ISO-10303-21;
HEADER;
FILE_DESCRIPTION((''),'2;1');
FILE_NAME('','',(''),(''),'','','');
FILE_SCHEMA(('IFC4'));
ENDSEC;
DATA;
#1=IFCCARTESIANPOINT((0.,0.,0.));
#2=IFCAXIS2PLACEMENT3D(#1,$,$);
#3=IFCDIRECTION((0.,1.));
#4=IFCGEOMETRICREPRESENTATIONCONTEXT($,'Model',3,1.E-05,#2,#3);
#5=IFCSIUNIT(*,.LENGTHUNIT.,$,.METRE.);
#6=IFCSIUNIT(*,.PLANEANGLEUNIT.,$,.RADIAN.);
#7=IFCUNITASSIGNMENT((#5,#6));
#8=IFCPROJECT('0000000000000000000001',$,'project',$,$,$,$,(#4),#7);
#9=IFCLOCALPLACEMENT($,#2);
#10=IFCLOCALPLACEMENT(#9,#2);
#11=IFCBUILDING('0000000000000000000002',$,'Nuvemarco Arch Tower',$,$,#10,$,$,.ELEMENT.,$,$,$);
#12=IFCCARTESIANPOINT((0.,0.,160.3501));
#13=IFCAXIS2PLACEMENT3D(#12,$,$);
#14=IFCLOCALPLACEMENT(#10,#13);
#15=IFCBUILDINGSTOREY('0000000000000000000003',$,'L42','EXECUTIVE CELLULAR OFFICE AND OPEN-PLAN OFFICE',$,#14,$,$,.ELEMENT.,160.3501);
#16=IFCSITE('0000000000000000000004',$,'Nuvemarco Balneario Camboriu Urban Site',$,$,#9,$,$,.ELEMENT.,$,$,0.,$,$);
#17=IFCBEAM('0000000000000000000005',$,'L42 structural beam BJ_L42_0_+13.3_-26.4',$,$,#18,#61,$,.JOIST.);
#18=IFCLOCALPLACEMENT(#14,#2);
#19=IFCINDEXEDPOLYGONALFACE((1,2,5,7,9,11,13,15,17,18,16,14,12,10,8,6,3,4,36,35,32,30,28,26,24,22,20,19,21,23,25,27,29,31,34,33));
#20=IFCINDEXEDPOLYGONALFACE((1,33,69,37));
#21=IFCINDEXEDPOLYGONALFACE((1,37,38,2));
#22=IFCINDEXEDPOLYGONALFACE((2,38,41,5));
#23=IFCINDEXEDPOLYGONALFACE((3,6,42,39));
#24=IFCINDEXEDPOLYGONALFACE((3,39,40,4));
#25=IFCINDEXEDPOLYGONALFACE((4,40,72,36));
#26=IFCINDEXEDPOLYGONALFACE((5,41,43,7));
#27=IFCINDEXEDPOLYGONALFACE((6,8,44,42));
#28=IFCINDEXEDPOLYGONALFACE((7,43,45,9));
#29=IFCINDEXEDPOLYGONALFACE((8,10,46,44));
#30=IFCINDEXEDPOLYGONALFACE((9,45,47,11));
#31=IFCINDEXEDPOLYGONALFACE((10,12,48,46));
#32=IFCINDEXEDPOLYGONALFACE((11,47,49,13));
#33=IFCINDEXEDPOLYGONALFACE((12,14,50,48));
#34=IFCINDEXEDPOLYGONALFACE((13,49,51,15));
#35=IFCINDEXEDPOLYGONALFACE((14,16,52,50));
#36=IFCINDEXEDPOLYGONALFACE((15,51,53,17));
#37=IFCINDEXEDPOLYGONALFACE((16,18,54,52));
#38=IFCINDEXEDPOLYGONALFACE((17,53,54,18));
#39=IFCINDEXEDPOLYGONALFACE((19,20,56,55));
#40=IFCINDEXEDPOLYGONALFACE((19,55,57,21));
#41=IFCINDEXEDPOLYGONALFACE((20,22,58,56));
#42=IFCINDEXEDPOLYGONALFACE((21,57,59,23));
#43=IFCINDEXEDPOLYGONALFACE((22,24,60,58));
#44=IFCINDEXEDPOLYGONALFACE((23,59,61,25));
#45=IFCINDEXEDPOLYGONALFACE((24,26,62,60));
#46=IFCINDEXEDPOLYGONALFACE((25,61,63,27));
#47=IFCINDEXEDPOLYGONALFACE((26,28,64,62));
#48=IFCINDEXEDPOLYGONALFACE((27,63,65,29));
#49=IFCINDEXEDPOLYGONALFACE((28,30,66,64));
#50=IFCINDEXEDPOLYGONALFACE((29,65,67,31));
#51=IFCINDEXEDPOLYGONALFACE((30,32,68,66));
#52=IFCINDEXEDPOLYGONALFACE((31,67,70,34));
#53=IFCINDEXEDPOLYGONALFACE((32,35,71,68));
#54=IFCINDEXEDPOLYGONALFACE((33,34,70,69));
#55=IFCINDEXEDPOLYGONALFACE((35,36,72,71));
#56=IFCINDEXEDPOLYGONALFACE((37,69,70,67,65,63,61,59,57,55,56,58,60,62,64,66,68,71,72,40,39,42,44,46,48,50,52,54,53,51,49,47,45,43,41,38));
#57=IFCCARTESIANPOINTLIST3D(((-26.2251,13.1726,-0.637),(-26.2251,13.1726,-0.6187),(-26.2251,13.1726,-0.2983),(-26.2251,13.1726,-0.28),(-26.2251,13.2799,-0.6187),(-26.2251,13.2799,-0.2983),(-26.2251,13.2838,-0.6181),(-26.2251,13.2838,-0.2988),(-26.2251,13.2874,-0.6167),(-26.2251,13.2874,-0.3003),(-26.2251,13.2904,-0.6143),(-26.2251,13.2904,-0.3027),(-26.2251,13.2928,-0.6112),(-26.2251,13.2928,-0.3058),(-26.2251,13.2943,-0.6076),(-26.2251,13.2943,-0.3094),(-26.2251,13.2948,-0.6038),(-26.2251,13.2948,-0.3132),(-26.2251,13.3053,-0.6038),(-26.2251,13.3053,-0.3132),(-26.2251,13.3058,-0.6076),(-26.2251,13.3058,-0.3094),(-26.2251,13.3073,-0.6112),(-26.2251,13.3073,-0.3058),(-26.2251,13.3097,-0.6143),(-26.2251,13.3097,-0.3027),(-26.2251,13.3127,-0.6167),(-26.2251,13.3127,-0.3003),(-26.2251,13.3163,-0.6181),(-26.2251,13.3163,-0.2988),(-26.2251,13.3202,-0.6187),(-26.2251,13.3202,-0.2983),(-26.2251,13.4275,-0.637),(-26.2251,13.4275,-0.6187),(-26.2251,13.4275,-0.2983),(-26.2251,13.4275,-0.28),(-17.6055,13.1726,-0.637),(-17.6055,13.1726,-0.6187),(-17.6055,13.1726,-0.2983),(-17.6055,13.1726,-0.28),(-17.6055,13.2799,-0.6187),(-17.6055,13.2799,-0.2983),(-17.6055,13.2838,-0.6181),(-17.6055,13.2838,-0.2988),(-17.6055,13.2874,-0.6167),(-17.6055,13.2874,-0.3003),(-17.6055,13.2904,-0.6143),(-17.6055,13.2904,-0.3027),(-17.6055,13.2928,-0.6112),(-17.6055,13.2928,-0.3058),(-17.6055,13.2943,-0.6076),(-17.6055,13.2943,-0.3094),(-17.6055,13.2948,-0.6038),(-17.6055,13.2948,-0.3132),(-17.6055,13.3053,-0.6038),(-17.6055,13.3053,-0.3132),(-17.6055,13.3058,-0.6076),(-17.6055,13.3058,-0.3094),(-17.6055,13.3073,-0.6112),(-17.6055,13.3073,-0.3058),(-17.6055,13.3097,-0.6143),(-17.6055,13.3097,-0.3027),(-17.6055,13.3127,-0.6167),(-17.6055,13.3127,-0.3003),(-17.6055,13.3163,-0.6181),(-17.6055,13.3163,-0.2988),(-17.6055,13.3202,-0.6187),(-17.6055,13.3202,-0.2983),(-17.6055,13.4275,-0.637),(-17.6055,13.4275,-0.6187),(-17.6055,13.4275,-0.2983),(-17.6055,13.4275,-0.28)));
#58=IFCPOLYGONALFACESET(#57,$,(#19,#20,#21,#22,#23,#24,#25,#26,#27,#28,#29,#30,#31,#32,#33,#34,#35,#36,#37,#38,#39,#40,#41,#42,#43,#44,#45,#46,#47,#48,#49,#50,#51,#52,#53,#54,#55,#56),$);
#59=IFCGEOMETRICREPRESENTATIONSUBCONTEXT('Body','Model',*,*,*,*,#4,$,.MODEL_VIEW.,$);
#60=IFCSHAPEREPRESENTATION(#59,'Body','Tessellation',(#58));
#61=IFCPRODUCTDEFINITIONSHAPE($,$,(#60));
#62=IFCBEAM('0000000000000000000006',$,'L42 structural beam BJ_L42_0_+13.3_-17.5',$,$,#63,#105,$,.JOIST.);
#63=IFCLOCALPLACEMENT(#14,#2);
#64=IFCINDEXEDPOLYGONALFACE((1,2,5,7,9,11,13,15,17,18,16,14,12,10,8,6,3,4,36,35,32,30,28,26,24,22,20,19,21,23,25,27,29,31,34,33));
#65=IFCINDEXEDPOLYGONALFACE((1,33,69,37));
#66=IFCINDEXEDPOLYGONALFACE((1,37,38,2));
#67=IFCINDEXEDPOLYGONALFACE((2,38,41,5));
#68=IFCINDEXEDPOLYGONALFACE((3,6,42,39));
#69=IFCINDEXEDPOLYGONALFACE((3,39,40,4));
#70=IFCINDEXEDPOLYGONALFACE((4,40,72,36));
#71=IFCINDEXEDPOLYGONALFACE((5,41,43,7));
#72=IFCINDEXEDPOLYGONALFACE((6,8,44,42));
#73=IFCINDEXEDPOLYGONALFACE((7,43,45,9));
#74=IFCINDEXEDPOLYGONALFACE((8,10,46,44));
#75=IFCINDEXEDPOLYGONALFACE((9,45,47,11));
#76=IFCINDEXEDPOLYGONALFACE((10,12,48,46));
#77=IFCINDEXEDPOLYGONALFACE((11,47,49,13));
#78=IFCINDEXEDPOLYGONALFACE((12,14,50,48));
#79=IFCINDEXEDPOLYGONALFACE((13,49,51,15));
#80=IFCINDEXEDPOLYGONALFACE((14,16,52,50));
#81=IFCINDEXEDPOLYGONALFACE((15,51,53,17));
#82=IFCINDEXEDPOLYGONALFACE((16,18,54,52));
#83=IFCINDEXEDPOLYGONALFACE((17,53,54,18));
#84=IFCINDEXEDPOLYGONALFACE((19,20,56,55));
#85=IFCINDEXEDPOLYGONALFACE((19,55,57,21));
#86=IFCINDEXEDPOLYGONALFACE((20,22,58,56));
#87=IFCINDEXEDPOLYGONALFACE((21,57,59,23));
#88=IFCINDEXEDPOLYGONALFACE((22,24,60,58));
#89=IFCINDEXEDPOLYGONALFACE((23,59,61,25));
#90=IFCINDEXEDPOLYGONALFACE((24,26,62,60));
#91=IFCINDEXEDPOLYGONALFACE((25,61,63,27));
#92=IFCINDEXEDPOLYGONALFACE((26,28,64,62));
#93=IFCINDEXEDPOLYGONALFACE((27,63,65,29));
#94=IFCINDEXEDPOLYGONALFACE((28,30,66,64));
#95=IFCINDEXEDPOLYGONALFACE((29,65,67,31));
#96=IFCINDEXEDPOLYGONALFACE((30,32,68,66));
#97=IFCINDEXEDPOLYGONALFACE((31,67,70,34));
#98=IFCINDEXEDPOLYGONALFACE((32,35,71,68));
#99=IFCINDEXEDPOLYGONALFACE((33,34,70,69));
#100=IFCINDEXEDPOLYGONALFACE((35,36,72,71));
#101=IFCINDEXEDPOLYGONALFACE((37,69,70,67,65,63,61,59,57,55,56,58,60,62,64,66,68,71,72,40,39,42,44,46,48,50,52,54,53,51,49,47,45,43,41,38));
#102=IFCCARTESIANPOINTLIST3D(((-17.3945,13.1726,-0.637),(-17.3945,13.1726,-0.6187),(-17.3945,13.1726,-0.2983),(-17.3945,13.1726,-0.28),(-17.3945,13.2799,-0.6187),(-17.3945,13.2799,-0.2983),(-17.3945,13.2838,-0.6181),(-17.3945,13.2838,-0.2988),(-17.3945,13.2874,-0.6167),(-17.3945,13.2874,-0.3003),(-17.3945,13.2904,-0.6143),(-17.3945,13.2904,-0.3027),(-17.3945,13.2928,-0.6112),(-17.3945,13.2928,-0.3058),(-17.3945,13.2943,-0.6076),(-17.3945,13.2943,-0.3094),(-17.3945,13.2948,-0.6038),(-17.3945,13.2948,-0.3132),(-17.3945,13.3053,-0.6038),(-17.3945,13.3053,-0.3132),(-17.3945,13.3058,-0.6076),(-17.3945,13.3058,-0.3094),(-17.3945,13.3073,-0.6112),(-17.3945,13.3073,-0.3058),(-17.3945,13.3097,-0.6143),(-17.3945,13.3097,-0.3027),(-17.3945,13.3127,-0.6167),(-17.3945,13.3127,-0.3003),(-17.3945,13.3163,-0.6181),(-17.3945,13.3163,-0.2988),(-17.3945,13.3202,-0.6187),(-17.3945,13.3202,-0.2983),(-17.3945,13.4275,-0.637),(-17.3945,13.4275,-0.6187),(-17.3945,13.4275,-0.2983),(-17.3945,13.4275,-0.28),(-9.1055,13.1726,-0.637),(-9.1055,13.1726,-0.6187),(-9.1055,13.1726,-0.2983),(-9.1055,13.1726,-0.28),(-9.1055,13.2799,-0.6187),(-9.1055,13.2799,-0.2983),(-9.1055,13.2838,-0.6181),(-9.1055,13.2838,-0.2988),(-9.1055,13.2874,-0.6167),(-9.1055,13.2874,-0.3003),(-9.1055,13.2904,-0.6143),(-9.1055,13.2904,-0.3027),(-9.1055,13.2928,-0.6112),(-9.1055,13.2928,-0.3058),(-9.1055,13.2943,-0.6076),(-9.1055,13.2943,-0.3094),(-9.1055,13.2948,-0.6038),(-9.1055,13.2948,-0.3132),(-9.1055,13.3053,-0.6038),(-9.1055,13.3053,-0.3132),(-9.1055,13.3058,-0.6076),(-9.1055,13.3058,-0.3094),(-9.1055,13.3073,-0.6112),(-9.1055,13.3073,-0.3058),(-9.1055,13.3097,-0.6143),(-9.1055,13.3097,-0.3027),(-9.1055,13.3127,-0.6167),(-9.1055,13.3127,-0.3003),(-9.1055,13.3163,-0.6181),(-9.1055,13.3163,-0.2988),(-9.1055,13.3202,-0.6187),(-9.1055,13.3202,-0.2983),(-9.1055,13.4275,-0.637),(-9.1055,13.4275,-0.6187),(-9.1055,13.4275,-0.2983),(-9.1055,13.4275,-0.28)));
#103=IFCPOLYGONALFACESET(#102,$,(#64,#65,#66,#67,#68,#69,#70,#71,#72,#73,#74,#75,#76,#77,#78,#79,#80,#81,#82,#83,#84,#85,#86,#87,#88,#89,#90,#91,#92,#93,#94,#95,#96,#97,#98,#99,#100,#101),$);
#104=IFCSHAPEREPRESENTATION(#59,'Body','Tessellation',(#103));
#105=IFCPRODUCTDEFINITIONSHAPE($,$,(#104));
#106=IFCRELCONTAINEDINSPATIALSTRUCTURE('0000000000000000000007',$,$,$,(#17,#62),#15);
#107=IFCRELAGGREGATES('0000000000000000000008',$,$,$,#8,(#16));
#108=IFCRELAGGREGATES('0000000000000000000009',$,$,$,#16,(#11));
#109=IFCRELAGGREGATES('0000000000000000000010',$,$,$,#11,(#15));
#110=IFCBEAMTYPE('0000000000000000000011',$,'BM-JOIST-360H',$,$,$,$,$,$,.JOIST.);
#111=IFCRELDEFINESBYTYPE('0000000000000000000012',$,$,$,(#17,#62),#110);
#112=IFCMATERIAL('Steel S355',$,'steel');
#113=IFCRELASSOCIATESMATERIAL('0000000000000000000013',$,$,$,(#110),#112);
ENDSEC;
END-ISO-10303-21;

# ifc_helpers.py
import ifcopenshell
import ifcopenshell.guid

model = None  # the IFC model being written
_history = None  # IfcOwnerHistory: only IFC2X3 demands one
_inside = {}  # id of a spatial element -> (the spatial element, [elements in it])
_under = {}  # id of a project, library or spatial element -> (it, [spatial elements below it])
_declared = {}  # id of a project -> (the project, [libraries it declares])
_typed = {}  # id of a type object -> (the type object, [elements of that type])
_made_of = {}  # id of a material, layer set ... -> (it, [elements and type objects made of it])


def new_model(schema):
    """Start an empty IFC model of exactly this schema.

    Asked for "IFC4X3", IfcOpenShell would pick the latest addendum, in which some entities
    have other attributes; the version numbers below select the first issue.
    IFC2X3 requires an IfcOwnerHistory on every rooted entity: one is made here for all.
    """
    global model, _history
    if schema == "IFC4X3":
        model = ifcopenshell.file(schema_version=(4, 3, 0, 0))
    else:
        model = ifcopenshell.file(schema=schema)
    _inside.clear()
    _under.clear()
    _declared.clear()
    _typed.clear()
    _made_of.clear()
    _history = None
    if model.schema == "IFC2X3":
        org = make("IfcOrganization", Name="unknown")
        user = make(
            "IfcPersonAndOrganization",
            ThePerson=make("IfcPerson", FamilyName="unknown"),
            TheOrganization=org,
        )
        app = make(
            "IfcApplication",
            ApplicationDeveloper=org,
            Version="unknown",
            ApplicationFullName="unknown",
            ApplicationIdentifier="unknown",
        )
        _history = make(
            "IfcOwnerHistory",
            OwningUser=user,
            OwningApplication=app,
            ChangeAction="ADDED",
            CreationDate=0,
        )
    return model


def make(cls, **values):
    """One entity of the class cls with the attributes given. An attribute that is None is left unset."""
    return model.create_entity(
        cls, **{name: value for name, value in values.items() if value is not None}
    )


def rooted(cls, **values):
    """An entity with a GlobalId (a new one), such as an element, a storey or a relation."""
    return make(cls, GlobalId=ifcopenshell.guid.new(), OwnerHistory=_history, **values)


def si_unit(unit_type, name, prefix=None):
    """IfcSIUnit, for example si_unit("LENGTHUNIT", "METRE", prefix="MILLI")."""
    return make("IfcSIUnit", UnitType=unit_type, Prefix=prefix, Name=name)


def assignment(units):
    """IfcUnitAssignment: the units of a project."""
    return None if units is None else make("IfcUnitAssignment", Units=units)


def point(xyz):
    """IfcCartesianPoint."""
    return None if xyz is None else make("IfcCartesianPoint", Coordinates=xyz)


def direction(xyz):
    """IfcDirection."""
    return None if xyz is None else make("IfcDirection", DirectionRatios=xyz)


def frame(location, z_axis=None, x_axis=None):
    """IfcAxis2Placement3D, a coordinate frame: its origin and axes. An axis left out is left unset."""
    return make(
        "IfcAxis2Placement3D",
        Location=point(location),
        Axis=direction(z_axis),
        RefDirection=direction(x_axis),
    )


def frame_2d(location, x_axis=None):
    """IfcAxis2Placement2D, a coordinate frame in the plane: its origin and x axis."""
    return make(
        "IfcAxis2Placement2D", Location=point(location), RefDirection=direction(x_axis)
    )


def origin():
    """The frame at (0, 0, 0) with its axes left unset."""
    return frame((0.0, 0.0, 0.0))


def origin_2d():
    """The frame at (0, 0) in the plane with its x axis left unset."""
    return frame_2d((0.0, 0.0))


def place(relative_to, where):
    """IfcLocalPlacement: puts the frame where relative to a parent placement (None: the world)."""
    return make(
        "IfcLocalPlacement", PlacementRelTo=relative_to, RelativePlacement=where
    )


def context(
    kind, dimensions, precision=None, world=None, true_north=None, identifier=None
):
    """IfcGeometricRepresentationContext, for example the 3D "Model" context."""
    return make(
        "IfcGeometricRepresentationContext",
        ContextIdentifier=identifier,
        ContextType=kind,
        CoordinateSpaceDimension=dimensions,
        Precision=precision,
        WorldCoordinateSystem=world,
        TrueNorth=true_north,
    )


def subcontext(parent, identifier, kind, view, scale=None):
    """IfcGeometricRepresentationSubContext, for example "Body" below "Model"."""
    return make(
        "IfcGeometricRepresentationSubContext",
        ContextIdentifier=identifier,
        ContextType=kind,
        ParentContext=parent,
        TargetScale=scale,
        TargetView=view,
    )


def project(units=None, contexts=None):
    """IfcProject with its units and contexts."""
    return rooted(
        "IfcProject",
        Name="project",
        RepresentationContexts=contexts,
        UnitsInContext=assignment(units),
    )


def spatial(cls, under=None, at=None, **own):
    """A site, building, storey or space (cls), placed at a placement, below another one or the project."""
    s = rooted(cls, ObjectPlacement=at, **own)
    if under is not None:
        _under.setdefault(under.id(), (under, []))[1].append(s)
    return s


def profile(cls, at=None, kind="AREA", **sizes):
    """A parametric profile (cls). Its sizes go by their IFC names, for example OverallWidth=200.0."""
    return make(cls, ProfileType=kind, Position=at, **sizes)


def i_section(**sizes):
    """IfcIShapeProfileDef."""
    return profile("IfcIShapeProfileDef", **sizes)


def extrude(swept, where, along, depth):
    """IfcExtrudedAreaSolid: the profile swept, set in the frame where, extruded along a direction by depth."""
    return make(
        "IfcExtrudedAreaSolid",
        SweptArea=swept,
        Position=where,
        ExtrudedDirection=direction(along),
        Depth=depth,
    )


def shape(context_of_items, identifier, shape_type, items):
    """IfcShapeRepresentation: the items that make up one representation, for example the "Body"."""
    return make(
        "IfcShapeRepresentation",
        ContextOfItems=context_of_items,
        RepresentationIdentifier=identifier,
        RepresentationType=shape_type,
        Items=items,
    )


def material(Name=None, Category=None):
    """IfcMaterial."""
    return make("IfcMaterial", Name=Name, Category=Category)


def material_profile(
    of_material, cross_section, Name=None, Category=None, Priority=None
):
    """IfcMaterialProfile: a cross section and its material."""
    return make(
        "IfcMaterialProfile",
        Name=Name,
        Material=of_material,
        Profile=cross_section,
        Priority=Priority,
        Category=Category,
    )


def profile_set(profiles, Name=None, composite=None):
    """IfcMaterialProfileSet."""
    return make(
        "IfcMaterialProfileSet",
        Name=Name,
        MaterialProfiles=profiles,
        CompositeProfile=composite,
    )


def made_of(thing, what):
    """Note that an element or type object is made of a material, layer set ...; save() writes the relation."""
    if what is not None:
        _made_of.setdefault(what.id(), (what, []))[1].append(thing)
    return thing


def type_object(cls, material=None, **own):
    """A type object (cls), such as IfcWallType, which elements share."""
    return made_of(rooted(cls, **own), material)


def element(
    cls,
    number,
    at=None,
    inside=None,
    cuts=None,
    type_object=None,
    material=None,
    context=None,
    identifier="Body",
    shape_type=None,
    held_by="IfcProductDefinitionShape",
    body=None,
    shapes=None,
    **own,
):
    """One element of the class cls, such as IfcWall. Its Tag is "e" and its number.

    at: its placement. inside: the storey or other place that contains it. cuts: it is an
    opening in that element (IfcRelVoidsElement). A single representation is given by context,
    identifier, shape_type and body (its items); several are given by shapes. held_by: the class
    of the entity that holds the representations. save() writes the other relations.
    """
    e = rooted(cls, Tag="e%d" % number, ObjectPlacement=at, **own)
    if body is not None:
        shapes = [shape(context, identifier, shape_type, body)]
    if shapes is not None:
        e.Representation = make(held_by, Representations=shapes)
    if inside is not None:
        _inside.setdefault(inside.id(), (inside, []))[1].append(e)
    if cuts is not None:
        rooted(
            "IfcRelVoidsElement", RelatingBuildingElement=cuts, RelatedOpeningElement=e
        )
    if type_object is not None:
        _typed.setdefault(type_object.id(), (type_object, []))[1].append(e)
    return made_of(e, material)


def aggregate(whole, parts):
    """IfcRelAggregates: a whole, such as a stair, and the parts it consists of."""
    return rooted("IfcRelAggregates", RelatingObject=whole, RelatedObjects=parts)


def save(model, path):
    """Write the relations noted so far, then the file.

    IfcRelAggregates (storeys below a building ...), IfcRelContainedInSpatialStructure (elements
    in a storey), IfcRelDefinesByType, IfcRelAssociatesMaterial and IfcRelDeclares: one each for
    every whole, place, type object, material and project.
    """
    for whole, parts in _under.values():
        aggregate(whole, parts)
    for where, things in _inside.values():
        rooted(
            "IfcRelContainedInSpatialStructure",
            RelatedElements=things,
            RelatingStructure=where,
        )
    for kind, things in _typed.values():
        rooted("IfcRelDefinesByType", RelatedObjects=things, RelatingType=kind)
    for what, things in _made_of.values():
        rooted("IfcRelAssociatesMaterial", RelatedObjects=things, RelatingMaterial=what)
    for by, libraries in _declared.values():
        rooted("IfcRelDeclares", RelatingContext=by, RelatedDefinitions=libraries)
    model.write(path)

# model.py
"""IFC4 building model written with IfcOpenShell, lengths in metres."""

from ifc_helpers import new_model, si_unit, direction, frame, origin, origin_2d, place, context, subcontext, project, spatial, i_section, extrude, material, material_profile, profile_set, type_object, element, save


model = new_model("IFC4")

# Units and contexts
model_context = context("Model", 3, precision=1e-05, world=origin(), true_north=direction((0.0, 1.0)))
body_context = subcontext(model_context, "Body", "Model", "MODEL_VIEW")
ifc_project = project(units=[si_unit("LENGTHUNIT", "METRE"), si_unit("PLANEANGLEUNIT", "RADIAN")], contexts=[model_context])

# Site, building, storey
site_placement = place(None, origin())
site = spatial("IfcSite", under=ifc_project, at=site_placement, Name="Nuvemarco Balneario Camboriu Urban Site", CompositionType="ELEMENT", RefElevation=0.0)
building_placement = place(site_placement, origin())
building = spatial("IfcBuilding", under=site, at=building_placement, Name="Nuvemarco Arch Tower", CompositionType="ELEMENT")
storey_placement = place(building_placement, frame((0.0, 0.0, 160.3501)))
storey = spatial("IfcBuildingStorey", under=building, at=storey_placement, Name="L42", Description="EXECUTIVE CELLULAR OFFICE AND OPEN-PLAN OFFICE", CompositionType="ELEMENT", Elevation=160.3501)

# Shared definitions
ifc_material_1 = material(Name="Steel S355", Category="steel")

# Beams
ifc_material_profile_1 = material_profile(ifc_material_1, i_section(OverallWidth=0.2549, OverallDepth=0.3569, WebThickness=0.0105, FlangeThickness=0.0183, FilletRadius=0.0149, at=origin_2d()), Name="W360x101")
ifc_profile_set_1 = profile_set([ifc_material_profile_1], Name="Steel S355")
beam_type_1 = type_object("IfcBeamType", Name="BM-JOIST-360H", PredefinedType="JOIST", material=ifc_profile_set_1)
beam_1_placement = place(storey_placement, frame((-26.2251, 13.3, -0.4585), z_axis=(1.0, 0.0, 0.0), x_axis=(0.0, 1.0, 0.0)))
element("IfcBeam", 1, at=beam_1_placement, inside=storey, type_object=beam_type_1, Name="L42 structural beam BJ_L42_0_+13.3_-26.4", PredefinedType="JOIST", context=body_context, shape_type="SweptSolid", body=[
    extrude(i_section(OverallWidth=0.2549, OverallDepth=0.3569, WebThickness=0.0105, FlangeThickness=0.0183, FilletRadius=0.0149, at=origin_2d()), origin(), (0.0, 0.0, 1.0), 8.6196),
])
beam_2_placement = place(storey_placement, frame((-17.3945, 13.3, -0.4585), z_axis=(1.0, 0.0, 0.0), x_axis=(0.0, 1.0, 0.0)))
element("IfcBeam", 2, at=beam_2_placement, inside=storey, type_object=beam_type_1, Name="L42 structural beam BJ_L42_0_+13.3_-17.5", PredefinedType="JOIST", context=body_context, shape_type="SweptSolid", body=[
    extrude(i_section(OverallWidth=0.2549, OverallDepth=0.3569, WebThickness=0.0105, FlangeThickness=0.0183, FilletRadius=0.0149, at=origin_2d()), origin(), (0.0, 0.0, 1.0), 8.2891),
])

save(model, "model.ifc")
